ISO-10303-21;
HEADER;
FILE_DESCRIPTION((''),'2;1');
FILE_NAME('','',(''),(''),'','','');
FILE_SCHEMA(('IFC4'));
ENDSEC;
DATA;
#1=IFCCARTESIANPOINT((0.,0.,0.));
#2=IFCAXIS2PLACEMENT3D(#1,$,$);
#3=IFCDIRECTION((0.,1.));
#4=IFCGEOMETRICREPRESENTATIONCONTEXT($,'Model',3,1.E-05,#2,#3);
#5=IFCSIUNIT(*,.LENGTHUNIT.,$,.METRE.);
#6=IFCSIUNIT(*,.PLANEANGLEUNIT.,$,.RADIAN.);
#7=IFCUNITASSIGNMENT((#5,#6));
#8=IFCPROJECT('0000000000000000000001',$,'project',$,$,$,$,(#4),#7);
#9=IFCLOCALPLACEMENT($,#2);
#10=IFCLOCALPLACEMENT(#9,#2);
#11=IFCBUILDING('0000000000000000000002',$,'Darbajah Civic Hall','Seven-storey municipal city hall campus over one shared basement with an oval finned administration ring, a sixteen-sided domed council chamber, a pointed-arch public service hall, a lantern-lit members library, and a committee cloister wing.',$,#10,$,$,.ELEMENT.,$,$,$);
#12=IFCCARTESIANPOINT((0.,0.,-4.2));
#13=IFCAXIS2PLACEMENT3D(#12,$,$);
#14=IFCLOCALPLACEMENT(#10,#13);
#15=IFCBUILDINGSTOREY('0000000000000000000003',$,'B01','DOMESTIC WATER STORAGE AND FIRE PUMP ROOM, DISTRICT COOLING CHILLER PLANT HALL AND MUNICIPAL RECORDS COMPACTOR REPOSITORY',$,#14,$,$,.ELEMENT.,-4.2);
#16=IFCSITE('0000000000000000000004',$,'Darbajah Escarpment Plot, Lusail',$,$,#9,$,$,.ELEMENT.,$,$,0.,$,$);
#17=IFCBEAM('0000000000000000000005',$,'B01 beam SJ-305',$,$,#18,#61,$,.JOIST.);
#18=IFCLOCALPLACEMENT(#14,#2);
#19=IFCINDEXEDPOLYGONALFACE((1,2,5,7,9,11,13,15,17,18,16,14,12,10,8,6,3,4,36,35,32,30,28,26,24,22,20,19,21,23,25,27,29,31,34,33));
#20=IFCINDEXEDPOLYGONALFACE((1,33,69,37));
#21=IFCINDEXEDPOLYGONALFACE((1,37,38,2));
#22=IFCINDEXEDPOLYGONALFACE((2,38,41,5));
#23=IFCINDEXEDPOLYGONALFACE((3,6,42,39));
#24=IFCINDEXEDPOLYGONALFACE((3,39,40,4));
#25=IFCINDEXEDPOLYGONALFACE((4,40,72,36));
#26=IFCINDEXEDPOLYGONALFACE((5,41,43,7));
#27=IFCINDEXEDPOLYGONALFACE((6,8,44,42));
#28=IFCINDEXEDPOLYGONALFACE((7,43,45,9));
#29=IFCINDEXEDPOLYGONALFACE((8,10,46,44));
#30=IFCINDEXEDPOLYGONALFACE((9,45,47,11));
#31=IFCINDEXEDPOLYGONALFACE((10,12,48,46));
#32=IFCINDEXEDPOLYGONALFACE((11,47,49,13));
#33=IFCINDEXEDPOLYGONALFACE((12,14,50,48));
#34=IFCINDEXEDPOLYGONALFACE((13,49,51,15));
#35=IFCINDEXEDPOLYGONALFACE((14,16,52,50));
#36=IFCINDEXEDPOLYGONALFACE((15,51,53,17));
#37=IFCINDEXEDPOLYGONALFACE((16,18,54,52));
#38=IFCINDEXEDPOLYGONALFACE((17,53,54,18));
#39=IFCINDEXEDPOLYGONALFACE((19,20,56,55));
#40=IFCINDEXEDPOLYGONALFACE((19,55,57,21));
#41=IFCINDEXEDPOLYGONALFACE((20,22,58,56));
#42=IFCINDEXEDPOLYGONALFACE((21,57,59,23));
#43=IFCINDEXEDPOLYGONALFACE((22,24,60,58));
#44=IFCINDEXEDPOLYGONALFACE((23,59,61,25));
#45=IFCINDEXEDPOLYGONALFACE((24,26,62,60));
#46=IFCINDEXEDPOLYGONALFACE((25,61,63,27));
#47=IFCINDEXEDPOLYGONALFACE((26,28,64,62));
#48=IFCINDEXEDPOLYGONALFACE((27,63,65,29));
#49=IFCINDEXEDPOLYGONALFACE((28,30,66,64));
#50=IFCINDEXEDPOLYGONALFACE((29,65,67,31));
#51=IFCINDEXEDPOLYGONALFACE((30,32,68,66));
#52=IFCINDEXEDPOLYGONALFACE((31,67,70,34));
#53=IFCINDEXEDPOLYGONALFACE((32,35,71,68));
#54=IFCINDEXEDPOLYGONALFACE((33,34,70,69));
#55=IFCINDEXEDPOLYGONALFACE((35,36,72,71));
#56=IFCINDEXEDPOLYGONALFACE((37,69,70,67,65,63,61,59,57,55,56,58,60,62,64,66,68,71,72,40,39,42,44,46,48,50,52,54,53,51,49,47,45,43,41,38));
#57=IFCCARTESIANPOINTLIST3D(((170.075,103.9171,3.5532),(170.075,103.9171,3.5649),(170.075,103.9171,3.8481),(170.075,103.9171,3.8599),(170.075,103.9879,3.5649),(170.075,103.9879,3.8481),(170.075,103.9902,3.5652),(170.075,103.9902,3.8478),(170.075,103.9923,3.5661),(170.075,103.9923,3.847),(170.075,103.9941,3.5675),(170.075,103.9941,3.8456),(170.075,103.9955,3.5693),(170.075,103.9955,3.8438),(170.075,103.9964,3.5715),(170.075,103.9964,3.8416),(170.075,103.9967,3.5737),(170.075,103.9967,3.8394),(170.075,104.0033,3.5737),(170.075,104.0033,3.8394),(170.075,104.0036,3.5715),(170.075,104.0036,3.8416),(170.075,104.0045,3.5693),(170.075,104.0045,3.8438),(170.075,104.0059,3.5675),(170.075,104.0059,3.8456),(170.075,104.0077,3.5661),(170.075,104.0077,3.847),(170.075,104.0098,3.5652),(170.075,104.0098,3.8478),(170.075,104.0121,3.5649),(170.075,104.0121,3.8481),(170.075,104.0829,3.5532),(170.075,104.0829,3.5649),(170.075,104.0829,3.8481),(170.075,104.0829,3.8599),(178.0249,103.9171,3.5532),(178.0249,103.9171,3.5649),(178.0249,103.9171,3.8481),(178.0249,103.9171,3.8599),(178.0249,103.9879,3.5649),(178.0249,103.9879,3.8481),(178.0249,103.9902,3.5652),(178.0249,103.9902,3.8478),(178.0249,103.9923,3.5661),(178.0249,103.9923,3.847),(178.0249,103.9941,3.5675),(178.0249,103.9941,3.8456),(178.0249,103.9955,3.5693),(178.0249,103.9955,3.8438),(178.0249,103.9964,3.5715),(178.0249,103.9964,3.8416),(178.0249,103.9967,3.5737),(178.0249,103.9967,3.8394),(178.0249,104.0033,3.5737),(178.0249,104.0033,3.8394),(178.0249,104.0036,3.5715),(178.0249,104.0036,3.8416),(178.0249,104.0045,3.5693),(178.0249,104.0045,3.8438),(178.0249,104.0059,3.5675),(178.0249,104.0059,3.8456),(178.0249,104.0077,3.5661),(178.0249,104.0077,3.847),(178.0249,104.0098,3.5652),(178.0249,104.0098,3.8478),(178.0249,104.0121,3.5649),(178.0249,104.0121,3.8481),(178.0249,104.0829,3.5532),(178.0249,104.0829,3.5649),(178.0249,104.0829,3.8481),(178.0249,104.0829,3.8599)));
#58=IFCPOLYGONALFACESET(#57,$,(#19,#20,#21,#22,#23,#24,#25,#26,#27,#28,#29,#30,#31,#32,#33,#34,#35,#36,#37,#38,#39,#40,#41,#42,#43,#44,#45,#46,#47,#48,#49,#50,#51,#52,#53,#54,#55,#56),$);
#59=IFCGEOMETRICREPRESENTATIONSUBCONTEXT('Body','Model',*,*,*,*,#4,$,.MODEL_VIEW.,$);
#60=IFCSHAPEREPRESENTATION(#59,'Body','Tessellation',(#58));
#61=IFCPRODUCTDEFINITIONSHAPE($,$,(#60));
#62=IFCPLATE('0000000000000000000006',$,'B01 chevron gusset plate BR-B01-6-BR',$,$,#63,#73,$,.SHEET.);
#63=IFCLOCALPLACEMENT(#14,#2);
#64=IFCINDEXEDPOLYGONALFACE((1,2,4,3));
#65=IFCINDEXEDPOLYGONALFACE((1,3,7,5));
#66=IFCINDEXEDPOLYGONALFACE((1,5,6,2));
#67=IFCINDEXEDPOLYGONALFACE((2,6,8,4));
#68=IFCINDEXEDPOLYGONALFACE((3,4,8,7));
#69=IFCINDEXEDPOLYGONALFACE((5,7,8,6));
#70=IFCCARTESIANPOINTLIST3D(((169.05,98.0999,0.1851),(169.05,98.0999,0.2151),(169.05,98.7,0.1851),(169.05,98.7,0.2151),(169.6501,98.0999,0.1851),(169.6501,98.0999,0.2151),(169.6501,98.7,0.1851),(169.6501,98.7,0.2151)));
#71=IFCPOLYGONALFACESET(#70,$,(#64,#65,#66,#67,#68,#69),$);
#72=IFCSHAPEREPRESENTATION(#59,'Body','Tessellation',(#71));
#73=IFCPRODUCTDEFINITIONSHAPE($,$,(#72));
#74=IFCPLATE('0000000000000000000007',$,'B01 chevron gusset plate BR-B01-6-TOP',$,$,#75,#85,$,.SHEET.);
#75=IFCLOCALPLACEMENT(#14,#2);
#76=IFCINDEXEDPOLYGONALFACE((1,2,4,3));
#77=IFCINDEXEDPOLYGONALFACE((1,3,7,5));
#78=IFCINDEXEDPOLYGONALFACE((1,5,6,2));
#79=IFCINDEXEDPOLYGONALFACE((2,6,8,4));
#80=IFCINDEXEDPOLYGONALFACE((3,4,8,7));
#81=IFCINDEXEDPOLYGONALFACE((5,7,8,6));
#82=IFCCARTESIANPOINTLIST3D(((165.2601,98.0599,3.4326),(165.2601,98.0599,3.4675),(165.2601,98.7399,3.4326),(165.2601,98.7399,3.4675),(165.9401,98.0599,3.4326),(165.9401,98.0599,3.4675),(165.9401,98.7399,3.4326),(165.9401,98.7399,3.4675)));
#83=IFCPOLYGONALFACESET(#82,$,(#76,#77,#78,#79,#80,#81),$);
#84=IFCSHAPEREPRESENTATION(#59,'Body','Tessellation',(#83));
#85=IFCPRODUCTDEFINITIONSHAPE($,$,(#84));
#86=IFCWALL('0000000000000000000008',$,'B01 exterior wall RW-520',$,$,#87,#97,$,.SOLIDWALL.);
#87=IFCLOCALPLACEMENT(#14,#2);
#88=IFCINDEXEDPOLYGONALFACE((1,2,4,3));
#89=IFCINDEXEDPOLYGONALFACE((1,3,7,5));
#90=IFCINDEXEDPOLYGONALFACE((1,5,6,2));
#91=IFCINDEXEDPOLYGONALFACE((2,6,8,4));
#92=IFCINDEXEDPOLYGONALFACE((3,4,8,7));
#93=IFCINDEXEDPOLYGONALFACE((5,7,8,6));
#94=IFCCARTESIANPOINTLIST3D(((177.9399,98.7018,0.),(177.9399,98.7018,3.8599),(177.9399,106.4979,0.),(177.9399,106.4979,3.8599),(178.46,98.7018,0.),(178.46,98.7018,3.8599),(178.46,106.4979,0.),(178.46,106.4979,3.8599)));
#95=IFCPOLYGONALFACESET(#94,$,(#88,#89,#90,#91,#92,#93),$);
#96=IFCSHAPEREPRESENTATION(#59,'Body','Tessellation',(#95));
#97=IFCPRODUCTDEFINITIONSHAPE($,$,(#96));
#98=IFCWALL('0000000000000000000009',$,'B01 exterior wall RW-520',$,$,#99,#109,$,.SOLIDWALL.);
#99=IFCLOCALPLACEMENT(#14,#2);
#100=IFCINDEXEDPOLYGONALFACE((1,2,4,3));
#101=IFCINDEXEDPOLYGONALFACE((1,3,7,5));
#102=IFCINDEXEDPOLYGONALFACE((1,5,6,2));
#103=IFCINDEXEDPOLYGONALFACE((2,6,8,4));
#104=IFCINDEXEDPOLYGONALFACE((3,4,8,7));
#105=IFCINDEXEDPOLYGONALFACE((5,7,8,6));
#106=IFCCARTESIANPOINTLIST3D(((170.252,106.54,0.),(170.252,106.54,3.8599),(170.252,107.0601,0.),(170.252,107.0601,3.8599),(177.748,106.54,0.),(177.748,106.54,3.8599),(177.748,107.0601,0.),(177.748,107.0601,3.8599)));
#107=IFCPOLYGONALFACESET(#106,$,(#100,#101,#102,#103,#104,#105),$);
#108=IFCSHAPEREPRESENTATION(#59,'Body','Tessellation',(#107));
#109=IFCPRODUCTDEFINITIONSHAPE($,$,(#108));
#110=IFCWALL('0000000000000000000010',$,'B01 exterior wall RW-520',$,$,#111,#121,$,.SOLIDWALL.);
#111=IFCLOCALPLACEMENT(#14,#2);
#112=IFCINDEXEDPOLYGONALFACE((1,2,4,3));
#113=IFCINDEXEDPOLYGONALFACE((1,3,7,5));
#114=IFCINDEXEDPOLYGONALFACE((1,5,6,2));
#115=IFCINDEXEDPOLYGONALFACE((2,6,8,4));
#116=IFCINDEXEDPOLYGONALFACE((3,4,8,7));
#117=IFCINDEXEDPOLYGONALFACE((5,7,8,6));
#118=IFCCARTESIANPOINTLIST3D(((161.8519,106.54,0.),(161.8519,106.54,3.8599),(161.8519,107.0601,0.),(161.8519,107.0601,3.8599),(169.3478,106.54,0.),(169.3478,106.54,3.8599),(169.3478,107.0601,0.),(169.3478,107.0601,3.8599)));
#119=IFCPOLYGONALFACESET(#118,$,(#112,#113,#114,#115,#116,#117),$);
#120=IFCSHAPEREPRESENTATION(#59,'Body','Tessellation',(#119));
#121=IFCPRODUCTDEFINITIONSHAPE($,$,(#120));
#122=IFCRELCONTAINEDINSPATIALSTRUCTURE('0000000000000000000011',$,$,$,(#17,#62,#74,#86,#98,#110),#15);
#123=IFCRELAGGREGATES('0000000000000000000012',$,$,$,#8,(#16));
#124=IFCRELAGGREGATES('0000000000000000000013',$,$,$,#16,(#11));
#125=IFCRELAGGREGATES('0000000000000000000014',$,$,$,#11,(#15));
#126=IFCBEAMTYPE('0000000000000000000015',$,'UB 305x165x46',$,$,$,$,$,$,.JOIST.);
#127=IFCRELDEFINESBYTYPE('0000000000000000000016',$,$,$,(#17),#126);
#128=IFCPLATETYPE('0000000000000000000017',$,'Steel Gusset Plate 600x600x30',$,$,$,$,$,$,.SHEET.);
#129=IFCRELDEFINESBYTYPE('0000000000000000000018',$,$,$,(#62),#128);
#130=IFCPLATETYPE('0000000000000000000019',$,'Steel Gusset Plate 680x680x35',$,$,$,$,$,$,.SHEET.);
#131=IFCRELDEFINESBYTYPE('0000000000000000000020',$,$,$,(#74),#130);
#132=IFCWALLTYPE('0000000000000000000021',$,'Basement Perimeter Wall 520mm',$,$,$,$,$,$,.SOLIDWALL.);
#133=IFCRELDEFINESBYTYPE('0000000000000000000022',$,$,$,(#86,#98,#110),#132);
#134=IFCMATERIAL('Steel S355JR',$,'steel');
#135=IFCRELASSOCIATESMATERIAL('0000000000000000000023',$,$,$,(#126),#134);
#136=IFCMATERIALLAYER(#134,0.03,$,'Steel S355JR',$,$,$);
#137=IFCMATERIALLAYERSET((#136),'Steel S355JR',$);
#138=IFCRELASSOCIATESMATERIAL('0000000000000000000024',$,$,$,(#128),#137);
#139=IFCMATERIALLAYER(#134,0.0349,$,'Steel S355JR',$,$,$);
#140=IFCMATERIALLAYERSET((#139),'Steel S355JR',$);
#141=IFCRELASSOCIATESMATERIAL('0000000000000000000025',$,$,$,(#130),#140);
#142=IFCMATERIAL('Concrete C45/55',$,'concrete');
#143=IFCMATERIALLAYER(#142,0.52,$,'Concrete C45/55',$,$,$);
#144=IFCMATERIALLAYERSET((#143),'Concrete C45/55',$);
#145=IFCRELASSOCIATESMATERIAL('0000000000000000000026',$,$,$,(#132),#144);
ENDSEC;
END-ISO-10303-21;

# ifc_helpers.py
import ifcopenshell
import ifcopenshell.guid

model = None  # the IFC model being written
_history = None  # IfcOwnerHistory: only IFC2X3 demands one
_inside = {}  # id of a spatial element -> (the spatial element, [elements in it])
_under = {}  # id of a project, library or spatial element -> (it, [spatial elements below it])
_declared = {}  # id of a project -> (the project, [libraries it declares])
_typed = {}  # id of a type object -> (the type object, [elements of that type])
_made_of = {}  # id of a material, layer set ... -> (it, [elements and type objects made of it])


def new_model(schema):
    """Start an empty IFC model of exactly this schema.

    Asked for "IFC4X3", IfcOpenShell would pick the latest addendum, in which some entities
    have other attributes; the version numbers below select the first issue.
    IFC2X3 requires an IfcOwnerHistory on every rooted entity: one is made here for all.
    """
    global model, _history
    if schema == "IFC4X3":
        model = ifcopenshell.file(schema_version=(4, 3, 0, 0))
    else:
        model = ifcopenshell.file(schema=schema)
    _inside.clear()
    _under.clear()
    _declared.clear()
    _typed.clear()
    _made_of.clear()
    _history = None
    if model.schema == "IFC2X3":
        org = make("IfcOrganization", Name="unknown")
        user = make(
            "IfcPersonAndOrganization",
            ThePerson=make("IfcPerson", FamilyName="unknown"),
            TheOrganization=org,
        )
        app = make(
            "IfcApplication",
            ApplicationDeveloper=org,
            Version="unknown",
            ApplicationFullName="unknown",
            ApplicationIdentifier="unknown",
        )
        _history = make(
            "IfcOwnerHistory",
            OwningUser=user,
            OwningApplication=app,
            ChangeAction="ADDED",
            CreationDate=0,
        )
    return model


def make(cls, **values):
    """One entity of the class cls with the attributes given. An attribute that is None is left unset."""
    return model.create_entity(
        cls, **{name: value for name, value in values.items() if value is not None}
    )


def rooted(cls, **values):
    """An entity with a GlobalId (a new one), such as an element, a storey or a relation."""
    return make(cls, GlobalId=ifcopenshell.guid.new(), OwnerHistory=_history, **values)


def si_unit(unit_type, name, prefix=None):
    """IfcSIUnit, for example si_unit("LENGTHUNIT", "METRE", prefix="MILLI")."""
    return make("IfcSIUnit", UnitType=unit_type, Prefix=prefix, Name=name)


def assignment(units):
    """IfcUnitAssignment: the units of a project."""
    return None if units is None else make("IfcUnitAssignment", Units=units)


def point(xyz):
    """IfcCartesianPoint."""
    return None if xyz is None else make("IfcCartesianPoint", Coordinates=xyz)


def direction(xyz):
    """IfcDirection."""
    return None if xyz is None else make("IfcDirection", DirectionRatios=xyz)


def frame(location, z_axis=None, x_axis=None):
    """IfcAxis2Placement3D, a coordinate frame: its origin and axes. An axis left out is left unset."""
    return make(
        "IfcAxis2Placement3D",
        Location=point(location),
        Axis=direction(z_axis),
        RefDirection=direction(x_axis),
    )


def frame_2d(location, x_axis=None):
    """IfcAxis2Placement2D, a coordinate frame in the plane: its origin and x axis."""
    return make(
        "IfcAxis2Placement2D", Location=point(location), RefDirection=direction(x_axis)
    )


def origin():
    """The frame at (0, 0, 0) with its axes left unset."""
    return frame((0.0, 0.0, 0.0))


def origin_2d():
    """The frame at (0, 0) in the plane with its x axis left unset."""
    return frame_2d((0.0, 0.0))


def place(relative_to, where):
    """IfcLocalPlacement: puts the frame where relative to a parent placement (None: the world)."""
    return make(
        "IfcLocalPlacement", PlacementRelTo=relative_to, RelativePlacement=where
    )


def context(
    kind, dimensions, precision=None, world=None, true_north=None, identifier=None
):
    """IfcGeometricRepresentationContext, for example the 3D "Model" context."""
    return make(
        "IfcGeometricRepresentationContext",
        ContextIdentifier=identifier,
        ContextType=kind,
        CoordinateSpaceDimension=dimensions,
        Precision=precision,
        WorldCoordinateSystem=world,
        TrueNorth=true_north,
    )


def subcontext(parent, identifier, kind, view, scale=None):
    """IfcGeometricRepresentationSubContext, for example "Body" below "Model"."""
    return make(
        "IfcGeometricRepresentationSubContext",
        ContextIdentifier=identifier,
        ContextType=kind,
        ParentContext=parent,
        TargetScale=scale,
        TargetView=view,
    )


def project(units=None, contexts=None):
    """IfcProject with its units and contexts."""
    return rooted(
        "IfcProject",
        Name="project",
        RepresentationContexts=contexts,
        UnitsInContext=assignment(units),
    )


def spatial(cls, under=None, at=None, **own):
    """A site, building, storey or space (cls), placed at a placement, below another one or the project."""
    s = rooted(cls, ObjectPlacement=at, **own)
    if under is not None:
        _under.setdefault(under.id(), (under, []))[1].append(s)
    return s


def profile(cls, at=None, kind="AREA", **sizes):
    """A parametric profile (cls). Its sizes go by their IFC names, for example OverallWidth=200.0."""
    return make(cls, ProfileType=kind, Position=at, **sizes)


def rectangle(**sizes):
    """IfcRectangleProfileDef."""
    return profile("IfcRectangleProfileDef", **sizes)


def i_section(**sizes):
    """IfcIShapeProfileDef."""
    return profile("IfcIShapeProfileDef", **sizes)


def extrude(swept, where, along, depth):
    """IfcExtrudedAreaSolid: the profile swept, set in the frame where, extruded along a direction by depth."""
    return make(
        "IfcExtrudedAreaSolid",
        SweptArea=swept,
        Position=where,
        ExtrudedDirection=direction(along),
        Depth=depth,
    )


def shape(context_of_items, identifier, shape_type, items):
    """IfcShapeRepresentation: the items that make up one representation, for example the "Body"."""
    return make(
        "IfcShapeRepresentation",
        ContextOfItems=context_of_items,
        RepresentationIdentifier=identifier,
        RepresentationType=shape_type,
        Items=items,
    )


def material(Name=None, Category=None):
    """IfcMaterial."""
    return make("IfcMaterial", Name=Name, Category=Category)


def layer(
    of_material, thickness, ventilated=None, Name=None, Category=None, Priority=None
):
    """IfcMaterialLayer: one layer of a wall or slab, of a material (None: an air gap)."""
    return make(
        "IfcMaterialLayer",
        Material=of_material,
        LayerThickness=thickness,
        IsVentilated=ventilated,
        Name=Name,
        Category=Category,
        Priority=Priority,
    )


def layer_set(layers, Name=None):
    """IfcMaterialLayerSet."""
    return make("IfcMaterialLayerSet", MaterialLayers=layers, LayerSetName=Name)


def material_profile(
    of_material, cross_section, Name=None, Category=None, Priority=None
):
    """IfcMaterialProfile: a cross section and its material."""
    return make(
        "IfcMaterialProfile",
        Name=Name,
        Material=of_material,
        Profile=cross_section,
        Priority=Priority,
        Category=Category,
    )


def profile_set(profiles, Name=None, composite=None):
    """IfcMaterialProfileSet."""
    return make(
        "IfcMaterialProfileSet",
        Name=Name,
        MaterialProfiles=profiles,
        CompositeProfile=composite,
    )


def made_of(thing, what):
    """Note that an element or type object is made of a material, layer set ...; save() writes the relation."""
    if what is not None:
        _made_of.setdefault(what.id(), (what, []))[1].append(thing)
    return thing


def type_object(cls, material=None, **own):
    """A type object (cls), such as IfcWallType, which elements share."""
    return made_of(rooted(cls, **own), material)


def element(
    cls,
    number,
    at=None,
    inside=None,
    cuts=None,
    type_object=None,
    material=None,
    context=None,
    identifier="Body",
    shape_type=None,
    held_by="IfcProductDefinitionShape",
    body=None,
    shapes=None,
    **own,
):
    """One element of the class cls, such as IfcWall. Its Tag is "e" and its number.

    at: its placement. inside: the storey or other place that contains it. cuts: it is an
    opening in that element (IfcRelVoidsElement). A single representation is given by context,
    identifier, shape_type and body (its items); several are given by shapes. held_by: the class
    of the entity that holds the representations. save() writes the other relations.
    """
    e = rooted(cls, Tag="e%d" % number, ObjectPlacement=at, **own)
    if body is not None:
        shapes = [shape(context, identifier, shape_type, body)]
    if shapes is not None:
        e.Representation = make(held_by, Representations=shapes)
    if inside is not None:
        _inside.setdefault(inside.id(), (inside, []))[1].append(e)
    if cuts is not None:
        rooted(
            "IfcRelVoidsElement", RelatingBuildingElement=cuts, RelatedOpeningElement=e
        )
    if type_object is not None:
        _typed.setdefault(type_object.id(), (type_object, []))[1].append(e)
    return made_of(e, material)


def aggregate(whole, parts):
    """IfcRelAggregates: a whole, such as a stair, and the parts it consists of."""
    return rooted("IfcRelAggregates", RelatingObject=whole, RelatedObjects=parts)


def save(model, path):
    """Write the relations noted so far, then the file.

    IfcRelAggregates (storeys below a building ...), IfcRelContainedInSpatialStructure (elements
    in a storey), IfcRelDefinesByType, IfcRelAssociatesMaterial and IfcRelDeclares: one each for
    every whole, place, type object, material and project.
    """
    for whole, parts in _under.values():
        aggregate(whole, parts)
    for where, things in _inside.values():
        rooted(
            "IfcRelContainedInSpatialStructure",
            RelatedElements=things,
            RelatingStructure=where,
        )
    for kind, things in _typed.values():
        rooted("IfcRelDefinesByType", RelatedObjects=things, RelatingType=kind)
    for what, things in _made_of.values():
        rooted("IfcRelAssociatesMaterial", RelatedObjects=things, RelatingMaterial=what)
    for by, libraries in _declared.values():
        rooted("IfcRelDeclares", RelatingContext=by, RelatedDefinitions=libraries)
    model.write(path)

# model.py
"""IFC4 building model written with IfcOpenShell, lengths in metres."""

from ifc_helpers import new_model, si_unit, direction, frame, frame_2d, origin, origin_2d, place, context, subcontext, project, spatial, rectangle, i_section, extrude, material, layer, layer_set, material_profile, profile_set, type_object, element, save


model = new_model("IFC4")

# Units and contexts
model_context = context("Model", 3, precision=1e-05, world=origin(), true_north=direction((0.0, 1.0)))
body_context = subcontext(model_context, "Body", "Model", "MODEL_VIEW")
ifc_project = project(units=[si_unit("LENGTHUNIT", "METRE"), si_unit("PLANEANGLEUNIT", "RADIAN")], contexts=[model_context])

# Site, building, storey
site_placement = place(None, origin())
site = spatial("IfcSite", under=ifc_project, at=site_placement, Name="Darbajah Escarpment Plot, Lusail", CompositionType="ELEMENT", RefElevation=0.0)
building_placement = place(site_placement, origin())
building = spatial("IfcBuilding", under=site, at=building_placement, Name="Darbajah Civic Hall", Description="Seven-storey municipal city hall campus over one shared basement with an oval finned administration ring, a sixteen-sided domed council chamber, a pointed-arch public service hall, a lantern-lit members library, and a committee cloister wing.", CompositionType="ELEMENT")
storey_placement = place(building_placement, frame((0.0, 0.0, -4.2)))
storey = spatial("IfcBuildingStorey", under=building, at=storey_placement, Name="B01", Description="DOMESTIC WATER STORAGE AND FIRE PUMP ROOM, DISTRICT COOLING CHILLER PLANT HALL AND MUNICIPAL RECORDS COMPACTOR REPOSITORY", CompositionType="ELEMENT", Elevation=-4.2)

# Shared definitions
ifc_material_1 = material(Name="Concrete C45/55", Category="concrete")

# Shared definitions
ifc_material_2 = material(Name="Steel S355JR", Category="steel")

# Beam
ifc_material_profile_1 = material_profile(ifc_material_2, i_section(OverallWidth=0.1658, OverallDepth=0.3066, WebThickness=0.0066, FlangeThickness=0.0117, FilletRadius=0.0088, at=origin_2d()), Name="UB 305x165x46")
ifc_profile_set_1 = profile_set([ifc_material_profile_1], Name="Steel S355JR")
beam_type_1 = type_object("IfcBeamType", Name="UB 305x165x46", PredefinedType="JOIST", material=ifc_profile_set_1)
for number, where, z_axis, x_axis, name in (
    (1, (170.075, 104.0, 3.7065), (1.0, 0.0, 0.0), (0.0, 1.0, 0.0), "B01 beam SJ-305"),
):
    element("IfcBeam", number, at=place(storey_placement, frame(where, z_axis=z_axis, x_axis=x_axis)), inside=storey, type_object=beam_type_1, Name=name, PredefinedType="JOIST", context=body_context, shape_type="SweptSolid", body=[
        extrude(i_section(OverallWidth=0.1658, OverallDepth=0.3066, WebThickness=0.0066, FlangeThickness=0.0117, FilletRadius=0.0088, at=origin_2d()), origin(), (0.0, 0.0, 1.0), 7.95),
    ])

# Plates
ifc_layer_1 = layer(ifc_material_2, 0.03, Name="Steel S355JR")
ifc_layer_set_1 = layer_set([ifc_layer_1], Name="Steel S355JR")
plate_type_1 = type_object("IfcPlateType", Name="Steel Gusset Plate 600x600x30", PredefinedType="SHEET", material=ifc_layer_set_1)
plate_1_placement = place(storey_placement, frame((169.3501, 98.3999, 0.1851), z_axis=(0.0, 0.0, 1.0), x_axis=(1.0, 0.0, 0.0)))
element("IfcPlate", 2, at=plate_1_placement, inside=storey, type_object=plate_type_1, Name="B01 chevron gusset plate BR-B01-6-BR", PredefinedType="SHEET", context=body_context, shape_type="SweptSolid", body=[
    extrude(rectangle(XDim=0.6001, YDim=0.6001, at=origin_2d()), origin(), (0.0, 0.0, 1.0), 0.03),
])
ifc_layer_2 = layer(ifc_material_2, 0.0349, Name="Steel S355JR")
ifc_layer_set_2 = layer_set([ifc_layer_2], Name="Steel S355JR")
plate_type_2 = type_object("IfcPlateType", Name="Steel Gusset Plate 680x680x35", PredefinedType="SHEET", material=ifc_layer_set_2)
plate_2_placement = place(storey_placement, frame((165.6001, 98.3999, 3.4326), z_axis=(0.0, 0.0, 1.0), x_axis=(1.0, 0.0, 0.0)))
element("IfcPlate", 3, at=plate_2_placement, inside=storey, type_object=plate_type_2, Name="B01 chevron gusset plate BR-B01-6-TOP", PredefinedType="SHEET", context=body_context, shape_type="SweptSolid", body=[
    extrude(rectangle(XDim=0.6799, YDim=0.6799, at=origin_2d()), origin(), (0.0, 0.0, 1.0), 0.0349),
])

# Walls
ifc_layer_3 = layer(ifc_material_1, 0.52, Name="Concrete C45/55")
ifc_layer_set_3 = layer_set([ifc_layer_3], Name="Concrete C45/55")
wall_type = type_object("IfcWallType", Name="Basement Perimeter Wall 520mm", PredefinedType="SOLIDWALL", material=ifc_layer_set_3)
wall_1_placement = place(storey_placement, frame((178.2, 98.7019, 0.0), z_axis=(0.0, 0.0, 1.0), x_axis=(0.0, 1.0, 0.0)))
element("IfcWall", 4, at=wall_1_placement, inside=storey, type_object=wall_type, Name="B01 exterior wall RW-520", PredefinedType="SOLIDWALL", context=body_context, shape_type="SweptSolid", body=[
    extrude(rectangle(XDim=7.7961, YDim=0.52, at=frame_2d((3.8979, 0.0))), origin(), (0.0, 0.0, 1.0), 3.8599),
])
wall_2_placement = place(storey_placement, frame((177.748, 106.8, 0.0), z_axis=(0.0, 0.0, 1.0), x_axis=(-1.0, 0.0, 0.0)))
element("IfcWall", 5, at=wall_2_placement, inside=storey, type_object=wall_type, Name="B01 exterior wall RW-520", PredefinedType="SOLIDWALL", context=body_context, shape_type="SweptSolid", body=[
    extrude(rectangle(XDim=7.4961, YDim=0.52, at=frame_2d((3.748, 0.0))), origin(), (0.0, 0.0, 1.0), 3.8599),
])
wall_3_placement = place(storey_placement, frame((169.3479, 106.8, 0.0), z_axis=(0.0, 0.0, 1.0), x_axis=(-1.0, 0.0, 0.0)))
element("IfcWall", 6, at=wall_3_placement, inside=storey, type_object=wall_type, Name="B01 exterior wall RW-520", PredefinedType="SOLIDWALL", context=body_context, shape_type="SweptSolid", body=[
    extrude(rectangle(XDim=7.4958, YDim=0.52, at=frame_2d((3.748, 0.0))), origin(), (0.0, 0.0, 1.0), 3.8599),
])

save(model, "model.ifc")
